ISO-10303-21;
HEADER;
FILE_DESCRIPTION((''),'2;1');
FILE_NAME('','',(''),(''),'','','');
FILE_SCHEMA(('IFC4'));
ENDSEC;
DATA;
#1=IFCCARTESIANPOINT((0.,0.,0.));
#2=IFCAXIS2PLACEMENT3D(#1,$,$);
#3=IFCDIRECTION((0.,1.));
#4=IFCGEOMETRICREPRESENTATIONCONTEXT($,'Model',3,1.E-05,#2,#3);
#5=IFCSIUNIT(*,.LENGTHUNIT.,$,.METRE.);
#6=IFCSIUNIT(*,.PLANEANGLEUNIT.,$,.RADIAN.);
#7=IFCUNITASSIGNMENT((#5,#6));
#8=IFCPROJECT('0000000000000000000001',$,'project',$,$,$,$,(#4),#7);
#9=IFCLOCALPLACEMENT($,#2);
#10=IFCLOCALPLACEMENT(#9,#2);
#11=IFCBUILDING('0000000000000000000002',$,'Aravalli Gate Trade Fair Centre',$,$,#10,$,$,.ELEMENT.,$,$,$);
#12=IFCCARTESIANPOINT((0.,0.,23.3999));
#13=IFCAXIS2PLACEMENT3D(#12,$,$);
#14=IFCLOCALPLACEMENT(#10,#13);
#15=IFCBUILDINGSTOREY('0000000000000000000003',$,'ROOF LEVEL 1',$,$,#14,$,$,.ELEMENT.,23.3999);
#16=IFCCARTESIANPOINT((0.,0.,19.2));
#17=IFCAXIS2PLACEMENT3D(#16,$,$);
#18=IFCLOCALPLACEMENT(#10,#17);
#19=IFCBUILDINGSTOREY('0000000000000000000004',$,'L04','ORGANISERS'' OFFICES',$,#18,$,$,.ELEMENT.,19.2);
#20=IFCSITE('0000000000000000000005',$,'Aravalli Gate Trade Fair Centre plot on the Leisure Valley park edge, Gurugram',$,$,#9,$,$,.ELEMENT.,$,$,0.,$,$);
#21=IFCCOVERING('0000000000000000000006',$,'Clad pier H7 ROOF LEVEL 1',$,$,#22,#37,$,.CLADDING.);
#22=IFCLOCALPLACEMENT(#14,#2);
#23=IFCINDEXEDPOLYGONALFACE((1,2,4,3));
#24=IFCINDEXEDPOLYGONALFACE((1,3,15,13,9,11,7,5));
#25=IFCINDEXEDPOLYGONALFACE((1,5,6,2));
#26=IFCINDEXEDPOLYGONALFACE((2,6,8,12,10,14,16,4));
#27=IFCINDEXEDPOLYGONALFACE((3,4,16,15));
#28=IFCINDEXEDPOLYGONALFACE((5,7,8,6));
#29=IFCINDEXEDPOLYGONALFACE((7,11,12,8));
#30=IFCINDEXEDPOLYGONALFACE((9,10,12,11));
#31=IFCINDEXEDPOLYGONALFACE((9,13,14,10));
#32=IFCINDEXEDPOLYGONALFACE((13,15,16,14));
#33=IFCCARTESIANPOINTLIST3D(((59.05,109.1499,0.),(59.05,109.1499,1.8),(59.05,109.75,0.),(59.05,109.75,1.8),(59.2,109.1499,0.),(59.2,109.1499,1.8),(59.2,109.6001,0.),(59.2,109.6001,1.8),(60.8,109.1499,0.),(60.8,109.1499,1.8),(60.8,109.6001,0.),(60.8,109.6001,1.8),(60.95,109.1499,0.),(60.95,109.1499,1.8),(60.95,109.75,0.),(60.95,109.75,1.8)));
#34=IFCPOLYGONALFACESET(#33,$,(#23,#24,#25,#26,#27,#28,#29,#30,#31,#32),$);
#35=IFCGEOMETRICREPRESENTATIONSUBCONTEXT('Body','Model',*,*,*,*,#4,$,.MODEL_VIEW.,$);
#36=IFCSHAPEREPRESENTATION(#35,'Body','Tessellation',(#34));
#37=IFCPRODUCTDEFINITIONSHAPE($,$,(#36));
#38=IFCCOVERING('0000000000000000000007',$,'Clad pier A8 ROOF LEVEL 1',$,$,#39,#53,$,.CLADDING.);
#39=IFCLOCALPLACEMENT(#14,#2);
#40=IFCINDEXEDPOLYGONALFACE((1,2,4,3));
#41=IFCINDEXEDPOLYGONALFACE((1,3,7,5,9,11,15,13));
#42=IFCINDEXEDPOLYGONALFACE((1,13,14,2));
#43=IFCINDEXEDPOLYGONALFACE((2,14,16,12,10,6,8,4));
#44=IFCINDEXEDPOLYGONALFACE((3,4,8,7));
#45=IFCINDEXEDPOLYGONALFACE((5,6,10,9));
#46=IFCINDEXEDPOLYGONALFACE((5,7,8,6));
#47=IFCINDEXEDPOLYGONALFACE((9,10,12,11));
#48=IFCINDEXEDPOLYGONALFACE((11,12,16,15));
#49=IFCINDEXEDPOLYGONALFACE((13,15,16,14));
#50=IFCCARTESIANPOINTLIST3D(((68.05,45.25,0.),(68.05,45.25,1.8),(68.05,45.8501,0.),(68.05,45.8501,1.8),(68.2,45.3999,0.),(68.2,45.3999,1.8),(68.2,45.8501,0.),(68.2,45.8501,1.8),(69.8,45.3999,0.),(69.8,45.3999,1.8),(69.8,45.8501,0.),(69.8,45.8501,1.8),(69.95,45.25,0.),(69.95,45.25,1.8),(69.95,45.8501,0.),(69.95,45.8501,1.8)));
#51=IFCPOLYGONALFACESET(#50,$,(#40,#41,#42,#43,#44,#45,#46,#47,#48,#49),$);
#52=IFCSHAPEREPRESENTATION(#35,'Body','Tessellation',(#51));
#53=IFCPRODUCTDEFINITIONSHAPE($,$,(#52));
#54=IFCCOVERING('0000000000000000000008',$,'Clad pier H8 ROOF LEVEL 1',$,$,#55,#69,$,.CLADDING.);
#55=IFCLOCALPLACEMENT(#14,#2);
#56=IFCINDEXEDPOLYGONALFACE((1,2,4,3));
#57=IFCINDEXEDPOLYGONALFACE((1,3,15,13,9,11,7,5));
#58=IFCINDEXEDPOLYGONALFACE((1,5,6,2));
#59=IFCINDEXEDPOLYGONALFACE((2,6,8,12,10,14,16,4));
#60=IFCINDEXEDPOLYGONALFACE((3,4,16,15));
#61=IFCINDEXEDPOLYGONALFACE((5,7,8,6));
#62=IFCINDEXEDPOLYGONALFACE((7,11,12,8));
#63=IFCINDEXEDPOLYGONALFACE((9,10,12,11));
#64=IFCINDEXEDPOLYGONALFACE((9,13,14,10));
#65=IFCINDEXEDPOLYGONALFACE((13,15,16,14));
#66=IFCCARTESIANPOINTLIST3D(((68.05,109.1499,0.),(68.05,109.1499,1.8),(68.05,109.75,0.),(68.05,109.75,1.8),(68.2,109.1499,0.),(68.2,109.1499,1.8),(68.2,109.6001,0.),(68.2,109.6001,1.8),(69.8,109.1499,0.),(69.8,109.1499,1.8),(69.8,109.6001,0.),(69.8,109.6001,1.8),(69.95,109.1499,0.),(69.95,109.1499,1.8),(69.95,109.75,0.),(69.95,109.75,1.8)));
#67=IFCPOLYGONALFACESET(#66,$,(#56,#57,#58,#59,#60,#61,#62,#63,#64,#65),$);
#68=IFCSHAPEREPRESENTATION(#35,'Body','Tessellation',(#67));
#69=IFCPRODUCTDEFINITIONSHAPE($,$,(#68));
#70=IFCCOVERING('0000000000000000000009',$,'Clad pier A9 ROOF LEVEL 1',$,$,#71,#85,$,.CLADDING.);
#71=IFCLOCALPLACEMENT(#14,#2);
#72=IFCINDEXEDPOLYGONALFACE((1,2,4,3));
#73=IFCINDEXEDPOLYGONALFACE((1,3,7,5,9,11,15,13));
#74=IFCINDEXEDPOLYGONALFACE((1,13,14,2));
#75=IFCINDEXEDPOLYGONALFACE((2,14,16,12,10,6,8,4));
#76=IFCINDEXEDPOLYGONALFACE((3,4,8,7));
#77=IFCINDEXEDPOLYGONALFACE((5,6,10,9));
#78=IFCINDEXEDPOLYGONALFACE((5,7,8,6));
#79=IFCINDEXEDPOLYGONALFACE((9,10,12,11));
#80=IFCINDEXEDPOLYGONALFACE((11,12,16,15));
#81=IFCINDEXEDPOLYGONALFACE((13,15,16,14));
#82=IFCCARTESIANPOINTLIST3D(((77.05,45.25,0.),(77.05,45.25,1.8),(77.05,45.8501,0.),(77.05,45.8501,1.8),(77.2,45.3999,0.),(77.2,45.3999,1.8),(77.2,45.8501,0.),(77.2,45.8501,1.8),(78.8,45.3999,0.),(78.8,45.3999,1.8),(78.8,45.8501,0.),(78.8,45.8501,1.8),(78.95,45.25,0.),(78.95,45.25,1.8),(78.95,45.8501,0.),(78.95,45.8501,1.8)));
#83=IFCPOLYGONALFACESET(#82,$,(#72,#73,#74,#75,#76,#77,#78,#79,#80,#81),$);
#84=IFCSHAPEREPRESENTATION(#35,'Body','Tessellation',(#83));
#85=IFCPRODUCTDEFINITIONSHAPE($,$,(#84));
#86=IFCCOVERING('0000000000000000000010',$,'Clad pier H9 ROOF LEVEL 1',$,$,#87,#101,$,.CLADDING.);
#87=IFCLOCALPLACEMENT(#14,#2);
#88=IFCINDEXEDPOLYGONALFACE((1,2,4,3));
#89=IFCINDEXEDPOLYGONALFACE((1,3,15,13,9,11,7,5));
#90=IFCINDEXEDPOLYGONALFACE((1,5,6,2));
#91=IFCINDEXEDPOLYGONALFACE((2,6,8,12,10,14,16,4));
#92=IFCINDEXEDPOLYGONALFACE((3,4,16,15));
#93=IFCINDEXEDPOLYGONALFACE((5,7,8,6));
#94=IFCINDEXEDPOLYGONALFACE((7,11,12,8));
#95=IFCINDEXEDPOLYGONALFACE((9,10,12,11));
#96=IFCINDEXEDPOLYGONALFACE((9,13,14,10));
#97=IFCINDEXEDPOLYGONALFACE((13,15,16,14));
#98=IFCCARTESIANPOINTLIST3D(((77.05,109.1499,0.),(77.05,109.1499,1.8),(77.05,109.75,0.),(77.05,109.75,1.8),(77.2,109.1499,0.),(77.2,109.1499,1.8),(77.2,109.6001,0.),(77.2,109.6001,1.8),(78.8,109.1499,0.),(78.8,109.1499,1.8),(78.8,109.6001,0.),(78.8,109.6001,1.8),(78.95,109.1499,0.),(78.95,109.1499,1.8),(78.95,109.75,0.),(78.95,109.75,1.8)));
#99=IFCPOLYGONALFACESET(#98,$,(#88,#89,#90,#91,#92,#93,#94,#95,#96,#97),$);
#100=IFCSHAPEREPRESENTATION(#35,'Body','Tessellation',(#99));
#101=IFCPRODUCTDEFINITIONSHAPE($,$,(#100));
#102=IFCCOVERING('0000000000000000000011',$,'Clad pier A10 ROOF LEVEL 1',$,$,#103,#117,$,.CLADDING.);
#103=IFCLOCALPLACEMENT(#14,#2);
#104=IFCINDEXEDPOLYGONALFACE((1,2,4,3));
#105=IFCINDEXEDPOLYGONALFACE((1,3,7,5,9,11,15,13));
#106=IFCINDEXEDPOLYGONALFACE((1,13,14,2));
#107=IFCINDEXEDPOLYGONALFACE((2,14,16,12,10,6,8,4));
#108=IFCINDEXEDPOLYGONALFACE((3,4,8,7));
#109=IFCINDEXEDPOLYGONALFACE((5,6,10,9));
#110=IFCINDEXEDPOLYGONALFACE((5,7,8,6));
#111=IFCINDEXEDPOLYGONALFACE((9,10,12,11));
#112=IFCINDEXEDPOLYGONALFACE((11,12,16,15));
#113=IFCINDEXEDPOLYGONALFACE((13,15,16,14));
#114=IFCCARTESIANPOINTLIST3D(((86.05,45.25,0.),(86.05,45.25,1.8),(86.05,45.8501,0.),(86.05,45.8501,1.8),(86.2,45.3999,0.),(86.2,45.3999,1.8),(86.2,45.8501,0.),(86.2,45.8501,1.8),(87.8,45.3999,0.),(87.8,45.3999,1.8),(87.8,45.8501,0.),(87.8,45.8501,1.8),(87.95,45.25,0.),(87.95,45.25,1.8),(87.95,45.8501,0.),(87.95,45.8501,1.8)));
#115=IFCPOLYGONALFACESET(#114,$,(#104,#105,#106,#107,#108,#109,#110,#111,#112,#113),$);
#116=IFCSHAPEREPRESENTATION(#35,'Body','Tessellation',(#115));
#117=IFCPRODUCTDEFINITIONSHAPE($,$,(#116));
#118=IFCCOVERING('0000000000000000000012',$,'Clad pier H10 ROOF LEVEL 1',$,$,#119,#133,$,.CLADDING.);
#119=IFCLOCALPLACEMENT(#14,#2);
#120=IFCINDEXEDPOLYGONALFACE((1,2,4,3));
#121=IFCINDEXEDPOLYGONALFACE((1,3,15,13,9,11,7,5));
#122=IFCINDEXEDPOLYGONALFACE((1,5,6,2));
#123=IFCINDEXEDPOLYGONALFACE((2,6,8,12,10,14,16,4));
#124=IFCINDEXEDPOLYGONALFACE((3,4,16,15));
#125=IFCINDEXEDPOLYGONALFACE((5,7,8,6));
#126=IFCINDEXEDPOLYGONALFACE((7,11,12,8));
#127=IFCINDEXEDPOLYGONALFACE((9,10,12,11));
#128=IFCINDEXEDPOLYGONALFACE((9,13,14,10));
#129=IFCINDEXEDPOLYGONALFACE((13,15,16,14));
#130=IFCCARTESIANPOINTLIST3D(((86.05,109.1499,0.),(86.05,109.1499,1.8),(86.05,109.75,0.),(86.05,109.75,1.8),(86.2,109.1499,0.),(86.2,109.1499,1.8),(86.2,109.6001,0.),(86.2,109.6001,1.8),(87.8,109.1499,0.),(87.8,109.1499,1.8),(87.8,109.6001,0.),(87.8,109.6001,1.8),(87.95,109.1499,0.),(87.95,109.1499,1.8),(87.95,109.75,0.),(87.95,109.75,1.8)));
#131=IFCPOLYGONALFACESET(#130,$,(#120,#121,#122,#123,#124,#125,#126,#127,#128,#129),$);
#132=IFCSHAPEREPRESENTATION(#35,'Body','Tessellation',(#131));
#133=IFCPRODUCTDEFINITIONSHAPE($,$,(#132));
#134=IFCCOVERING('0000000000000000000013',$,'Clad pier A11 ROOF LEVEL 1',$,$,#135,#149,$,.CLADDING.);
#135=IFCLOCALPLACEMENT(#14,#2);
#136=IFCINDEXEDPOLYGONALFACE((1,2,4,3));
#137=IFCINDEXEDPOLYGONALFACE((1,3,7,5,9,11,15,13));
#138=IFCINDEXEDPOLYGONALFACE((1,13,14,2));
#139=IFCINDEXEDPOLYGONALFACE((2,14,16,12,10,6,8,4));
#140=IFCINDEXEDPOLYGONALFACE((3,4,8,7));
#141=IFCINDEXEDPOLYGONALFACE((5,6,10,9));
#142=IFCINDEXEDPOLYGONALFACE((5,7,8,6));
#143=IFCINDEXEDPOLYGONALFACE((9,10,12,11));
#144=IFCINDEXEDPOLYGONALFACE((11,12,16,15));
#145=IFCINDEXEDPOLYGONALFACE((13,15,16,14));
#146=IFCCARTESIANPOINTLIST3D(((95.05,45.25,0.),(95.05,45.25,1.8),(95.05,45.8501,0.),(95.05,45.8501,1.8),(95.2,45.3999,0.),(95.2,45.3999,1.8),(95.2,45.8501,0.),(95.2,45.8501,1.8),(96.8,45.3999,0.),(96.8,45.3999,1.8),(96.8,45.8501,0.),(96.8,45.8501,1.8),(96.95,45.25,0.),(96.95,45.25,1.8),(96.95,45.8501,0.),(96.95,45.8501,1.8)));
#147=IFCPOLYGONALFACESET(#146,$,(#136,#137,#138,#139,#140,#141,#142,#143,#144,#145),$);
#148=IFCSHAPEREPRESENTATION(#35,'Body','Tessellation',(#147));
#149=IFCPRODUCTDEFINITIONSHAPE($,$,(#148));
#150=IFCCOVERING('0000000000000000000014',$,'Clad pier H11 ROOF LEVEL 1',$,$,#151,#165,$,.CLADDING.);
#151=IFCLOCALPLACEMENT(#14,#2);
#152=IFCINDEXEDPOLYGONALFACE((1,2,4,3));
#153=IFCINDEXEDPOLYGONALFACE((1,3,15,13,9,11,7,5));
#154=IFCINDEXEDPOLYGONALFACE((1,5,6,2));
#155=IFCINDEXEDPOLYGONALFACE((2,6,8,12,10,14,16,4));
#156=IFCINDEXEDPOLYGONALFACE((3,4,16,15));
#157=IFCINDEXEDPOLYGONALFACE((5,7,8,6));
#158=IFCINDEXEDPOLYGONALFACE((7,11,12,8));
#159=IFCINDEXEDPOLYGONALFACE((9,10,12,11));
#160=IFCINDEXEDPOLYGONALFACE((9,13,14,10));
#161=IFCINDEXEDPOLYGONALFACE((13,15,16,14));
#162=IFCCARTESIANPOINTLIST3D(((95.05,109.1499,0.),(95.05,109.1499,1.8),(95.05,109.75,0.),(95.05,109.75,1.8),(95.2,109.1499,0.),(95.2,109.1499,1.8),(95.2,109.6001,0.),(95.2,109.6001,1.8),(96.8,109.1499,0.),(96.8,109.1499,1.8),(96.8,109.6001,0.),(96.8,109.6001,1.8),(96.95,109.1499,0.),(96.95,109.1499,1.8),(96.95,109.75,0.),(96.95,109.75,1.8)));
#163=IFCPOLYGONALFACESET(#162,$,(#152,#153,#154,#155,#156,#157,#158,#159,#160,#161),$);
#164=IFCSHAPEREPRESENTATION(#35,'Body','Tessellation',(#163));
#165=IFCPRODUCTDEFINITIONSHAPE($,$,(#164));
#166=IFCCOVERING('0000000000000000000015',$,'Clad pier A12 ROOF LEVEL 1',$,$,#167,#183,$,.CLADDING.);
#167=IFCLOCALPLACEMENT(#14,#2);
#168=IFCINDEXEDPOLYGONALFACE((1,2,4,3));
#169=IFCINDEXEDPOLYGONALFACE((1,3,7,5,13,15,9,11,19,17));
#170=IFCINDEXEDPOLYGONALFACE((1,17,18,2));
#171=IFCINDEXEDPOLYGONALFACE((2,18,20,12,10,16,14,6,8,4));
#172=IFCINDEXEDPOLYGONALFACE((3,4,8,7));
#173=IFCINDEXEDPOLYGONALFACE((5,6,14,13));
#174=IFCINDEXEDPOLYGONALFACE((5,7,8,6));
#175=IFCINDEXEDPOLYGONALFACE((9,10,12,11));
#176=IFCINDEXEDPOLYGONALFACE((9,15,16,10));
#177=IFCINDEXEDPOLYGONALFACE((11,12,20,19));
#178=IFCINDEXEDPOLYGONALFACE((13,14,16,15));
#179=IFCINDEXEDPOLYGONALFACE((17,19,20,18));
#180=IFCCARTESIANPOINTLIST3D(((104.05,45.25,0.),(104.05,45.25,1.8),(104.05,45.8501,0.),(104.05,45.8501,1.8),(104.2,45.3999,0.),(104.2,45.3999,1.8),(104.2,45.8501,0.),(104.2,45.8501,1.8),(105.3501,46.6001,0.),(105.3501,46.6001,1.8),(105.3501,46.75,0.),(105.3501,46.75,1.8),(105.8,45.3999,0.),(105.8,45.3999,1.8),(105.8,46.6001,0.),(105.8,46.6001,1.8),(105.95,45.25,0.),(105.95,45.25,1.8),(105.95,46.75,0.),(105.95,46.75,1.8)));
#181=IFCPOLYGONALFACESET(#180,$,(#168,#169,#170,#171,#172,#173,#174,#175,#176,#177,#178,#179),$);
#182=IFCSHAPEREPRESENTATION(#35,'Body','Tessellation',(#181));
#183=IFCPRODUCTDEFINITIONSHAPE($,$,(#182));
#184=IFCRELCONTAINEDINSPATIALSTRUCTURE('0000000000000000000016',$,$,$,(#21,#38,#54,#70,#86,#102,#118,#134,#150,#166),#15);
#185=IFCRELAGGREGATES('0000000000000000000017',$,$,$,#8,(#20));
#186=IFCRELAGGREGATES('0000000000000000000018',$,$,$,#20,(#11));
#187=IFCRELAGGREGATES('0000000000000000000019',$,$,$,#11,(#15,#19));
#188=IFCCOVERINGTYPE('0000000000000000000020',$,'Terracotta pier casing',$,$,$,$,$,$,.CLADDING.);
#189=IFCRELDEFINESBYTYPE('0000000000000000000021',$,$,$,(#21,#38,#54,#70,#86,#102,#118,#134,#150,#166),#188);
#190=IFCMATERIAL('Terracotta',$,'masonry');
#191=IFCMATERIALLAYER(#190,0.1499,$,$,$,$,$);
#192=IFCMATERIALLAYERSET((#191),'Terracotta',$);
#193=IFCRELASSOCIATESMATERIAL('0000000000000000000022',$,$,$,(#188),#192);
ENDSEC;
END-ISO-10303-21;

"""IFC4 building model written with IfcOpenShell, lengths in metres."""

from ifc_helpers import new_model, si_unit, direction, frame, origin, place, context, subcontext, project, spatial, polyline, outline, extrude, material, layer, layer_set, type_object, element, save


model = new_model("IFC4")

# Units and contexts
model_context = context("Model", 3, precision=1e-05, world=origin(), true_north=direction((0.0, 1.0)))
body_context = subcontext(model_context, "Body", "Model", "MODEL_VIEW")
ifc_project = project(units=[si_unit("LENGTHUNIT", "METRE"), si_unit("PLANEANGLEUNIT", "RADIAN")], contexts=[model_context])

# Site, building, storey
site_placement = place(None, origin())
site = spatial("IfcSite", under=ifc_project, at=site_placement, Name="Aravalli Gate Trade Fair Centre plot on the Leisure Valley park edge, Gurugram", CompositionType="ELEMENT", RefElevation=0.0)
building_placement = place(site_placement, origin())
building = spatial("IfcBuilding", under=site, at=building_placement, Name="Aravalli Gate Trade Fair Centre", CompositionType="ELEMENT")
storey_1_placement = place(building_placement, frame((0.0, 0.0, 23.3999)))
storey_1 = spatial("IfcBuildingStorey", under=building, at=storey_1_placement, Name="ROOF LEVEL 1", CompositionType="ELEMENT", Elevation=23.3999)

# Shared definitions
storey_2_placement = place(building_placement, frame((0.0, 0.0, 19.2)))
storey_2 = spatial("IfcBuildingStorey", under=building, at=storey_2_placement, Name="L04", Description="ORGANISERS' OFFICES", CompositionType="ELEMENT", Elevation=19.2)

# Coverings
ifc_material_1 = material(Name="Terracotta", Category="masonry")
ifc_layer_1 = layer(ifc_material_1, 0.1499)
ifc_layer_set_1 = layer_set([ifc_layer_1], Name="Terracotta")
covering_type_1 = type_object("IfcCoveringType", Name="Terracotta pier casing", PredefinedType="CLADDING", material=ifc_layer_set_1)
covering_1_placement = place(storey_1_placement, origin())
element("IfcCovering", 1, at=covering_1_placement, inside=storey_1, type_object=covering_type_1, Name="Clad pier H7 ROOF LEVEL 1", PredefinedType="CLADDING", context=body_context, shape_type="SweptSolid", body=[
    extrude(outline(polyline([(59.05, 109.75), (60.95, 109.75), (60.95, 109.1499), (60.8, 109.1499), (60.8, 109.6001), (59.2, 109.6001), (59.2, 109.1499), (59.05, 109.1499), (59.05, 109.75)])), origin(), (0.0, 0.0, 1.0), 1.8),
])
covering_2_placement = place(storey_1_placement, origin())
element("IfcCovering", 2, at=covering_2_placement, inside=storey_1, type_object=covering_type_1, Name="Clad pier A8 ROOF LEVEL 1", PredefinedType="CLADDING", context=body_context, shape_type="SweptSolid", body=[
    extrude(outline(polyline([(68.05, 45.8501), (68.2, 45.8501), (68.2, 45.3999), (69.8, 45.3999), (69.8, 45.8501), (69.95, 45.8501), (69.95, 45.25), (68.05, 45.25), (68.05, 45.8501)])), origin(), (0.0, 0.0, 1.0), 1.8),
])
covering_3_placement = place(storey_1_placement, origin())
element("IfcCovering", 3, at=covering_3_placement, inside=storey_1, type_object=covering_type_1, Name="Clad pier H8 ROOF LEVEL 1", PredefinedType="CLADDING", context=body_context, shape_type="SweptSolid", body=[
    extrude(outline(polyline([(68.05, 109.75), (69.95, 109.75), (69.95, 109.1499), (69.8, 109.1499), (69.8, 109.6001), (68.2, 109.6001), (68.2, 109.1499), (68.05, 109.1499), (68.05, 109.75)])), origin(), (0.0, 0.0, 1.0), 1.8),
])
covering_4_placement = place(storey_1_placement, origin())
element("IfcCovering", 4, at=covering_4_placement, inside=storey_1, type_object=covering_type_1, Name="Clad pier A9 ROOF LEVEL 1", PredefinedType="CLADDING", context=body_context, shape_type="SweptSolid", body=[
    extrude(outline(polyline([(77.05, 45.8501), (77.2, 45.8501), (77.2, 45.3999), (78.8, 45.3999), (78.8, 45.8501), (78.95, 45.8501), (78.95, 45.25), (77.05, 45.25), (77.05, 45.8501)])), origin(), (0.0, 0.0, 1.0), 1.8),
])
covering_5_placement = place(storey_1_placement, origin())
element("IfcCovering", 5, at=covering_5_placement, inside=storey_1, type_object=covering_type_1, Name="Clad pier H9 ROOF LEVEL 1", PredefinedType="CLADDING", context=body_context, shape_type="SweptSolid", body=[
    extrude(outline(polyline([(77.05, 109.75), (78.95, 109.75), (78.95, 109.1499), (78.8, 109.1499), (78.8, 109.6001), (77.2, 109.6001), (77.2, 109.1499), (77.05, 109.1499), (77.05, 109.75)])), origin(), (0.0, 0.0, 1.0), 1.8),
])
covering_6_placement = place(storey_1_placement, origin())
element("IfcCovering", 6, at=covering_6_placement, inside=storey_1, type_object=covering_type_1, Name="Clad pier A10 ROOF LEVEL 1", PredefinedType="CLADDING", context=body_context, shape_type="SweptSolid", body=[
    extrude(outline(polyline([(86.05, 45.8501), (86.2, 45.8501), (86.2, 45.3999), (87.8, 45.3999), (87.8, 45.8501), (87.95, 45.8501), (87.95, 45.25), (86.05, 45.25), (86.05, 45.8501)])), origin(), (0.0, 0.0, 1.0), 1.8),
])
covering_7_placement = place(storey_1_placement, origin())
element("IfcCovering", 7, at=covering_7_placement, inside=storey_1, type_object=covering_type_1, Name="Clad pier H10 ROOF LEVEL 1", PredefinedType="CLADDING", context=body_context, shape_type="SweptSolid", body=[
    extrude(outline(polyline([(86.05, 109.75), (87.95, 109.75), (87.95, 109.1499), (87.8, 109.1499), (87.8, 109.6001), (86.2, 109.6001), (86.2, 109.1499), (86.05, 109.1499), (86.05, 109.75)])), origin(), (0.0, 0.0, 1.0), 1.8),
])
covering_8_placement = place(storey_1_placement, origin())
element("IfcCovering", 8, at=covering_8_placement, inside=storey_1, type_object=covering_type_1, Name="Clad pier A11 ROOF LEVEL 1", PredefinedType="CLADDING", context=body_context, shape_type="SweptSolid", body=[
    extrude(outline(polyline([(95.05, 45.8501), (95.2, 45.8501), (95.2, 45.3999), (96.8, 45.3999), (96.8, 45.8501), (96.95, 45.8501), (96.95, 45.25), (95.05, 45.25), (95.05, 45.8501)])), origin(), (0.0, 0.0, 1.0), 1.8),
])
covering_9_placement = place(storey_1_placement, origin())
element("IfcCovering", 9, at=covering_9_placement, inside=storey_1, type_object=covering_type_1, Name="Clad pier H11 ROOF LEVEL 1", PredefinedType="CLADDING", context=body_context, shape_type="SweptSolid", body=[
    extrude(outline(polyline([(95.05, 109.75), (96.95, 109.75), (96.95, 109.1499), (96.8, 109.1499), (96.8, 109.6001), (95.2, 109.6001), (95.2, 109.1499), (95.05, 109.1499), (95.05, 109.75)])), origin(), (0.0, 0.0, 1.0), 1.8),
])
covering_10_placement = place(storey_1_placement, origin())
element("IfcCovering", 10, at=covering_10_placement, inside=storey_1, type_object=covering_type_1, Name="Clad pier A12 ROOF LEVEL 1", PredefinedType="CLADDING", context=body_context, shape_type="SweptSolid", body=[
    extrude(outline(polyline([(104.05, 45.8501), (104.2, 45.8501), (104.2, 45.3999), (105.8, 45.3999), (105.8, 46.6001), (105.3501, 46.6001), (105.3501, 46.75), (105.95, 46.75), (105.95, 45.25), (104.05, 45.25), (104.05, 45.8501)])), origin(), (0.0, 0.0, 1.0), 1.8),
])

save(model, "model.ifc")
